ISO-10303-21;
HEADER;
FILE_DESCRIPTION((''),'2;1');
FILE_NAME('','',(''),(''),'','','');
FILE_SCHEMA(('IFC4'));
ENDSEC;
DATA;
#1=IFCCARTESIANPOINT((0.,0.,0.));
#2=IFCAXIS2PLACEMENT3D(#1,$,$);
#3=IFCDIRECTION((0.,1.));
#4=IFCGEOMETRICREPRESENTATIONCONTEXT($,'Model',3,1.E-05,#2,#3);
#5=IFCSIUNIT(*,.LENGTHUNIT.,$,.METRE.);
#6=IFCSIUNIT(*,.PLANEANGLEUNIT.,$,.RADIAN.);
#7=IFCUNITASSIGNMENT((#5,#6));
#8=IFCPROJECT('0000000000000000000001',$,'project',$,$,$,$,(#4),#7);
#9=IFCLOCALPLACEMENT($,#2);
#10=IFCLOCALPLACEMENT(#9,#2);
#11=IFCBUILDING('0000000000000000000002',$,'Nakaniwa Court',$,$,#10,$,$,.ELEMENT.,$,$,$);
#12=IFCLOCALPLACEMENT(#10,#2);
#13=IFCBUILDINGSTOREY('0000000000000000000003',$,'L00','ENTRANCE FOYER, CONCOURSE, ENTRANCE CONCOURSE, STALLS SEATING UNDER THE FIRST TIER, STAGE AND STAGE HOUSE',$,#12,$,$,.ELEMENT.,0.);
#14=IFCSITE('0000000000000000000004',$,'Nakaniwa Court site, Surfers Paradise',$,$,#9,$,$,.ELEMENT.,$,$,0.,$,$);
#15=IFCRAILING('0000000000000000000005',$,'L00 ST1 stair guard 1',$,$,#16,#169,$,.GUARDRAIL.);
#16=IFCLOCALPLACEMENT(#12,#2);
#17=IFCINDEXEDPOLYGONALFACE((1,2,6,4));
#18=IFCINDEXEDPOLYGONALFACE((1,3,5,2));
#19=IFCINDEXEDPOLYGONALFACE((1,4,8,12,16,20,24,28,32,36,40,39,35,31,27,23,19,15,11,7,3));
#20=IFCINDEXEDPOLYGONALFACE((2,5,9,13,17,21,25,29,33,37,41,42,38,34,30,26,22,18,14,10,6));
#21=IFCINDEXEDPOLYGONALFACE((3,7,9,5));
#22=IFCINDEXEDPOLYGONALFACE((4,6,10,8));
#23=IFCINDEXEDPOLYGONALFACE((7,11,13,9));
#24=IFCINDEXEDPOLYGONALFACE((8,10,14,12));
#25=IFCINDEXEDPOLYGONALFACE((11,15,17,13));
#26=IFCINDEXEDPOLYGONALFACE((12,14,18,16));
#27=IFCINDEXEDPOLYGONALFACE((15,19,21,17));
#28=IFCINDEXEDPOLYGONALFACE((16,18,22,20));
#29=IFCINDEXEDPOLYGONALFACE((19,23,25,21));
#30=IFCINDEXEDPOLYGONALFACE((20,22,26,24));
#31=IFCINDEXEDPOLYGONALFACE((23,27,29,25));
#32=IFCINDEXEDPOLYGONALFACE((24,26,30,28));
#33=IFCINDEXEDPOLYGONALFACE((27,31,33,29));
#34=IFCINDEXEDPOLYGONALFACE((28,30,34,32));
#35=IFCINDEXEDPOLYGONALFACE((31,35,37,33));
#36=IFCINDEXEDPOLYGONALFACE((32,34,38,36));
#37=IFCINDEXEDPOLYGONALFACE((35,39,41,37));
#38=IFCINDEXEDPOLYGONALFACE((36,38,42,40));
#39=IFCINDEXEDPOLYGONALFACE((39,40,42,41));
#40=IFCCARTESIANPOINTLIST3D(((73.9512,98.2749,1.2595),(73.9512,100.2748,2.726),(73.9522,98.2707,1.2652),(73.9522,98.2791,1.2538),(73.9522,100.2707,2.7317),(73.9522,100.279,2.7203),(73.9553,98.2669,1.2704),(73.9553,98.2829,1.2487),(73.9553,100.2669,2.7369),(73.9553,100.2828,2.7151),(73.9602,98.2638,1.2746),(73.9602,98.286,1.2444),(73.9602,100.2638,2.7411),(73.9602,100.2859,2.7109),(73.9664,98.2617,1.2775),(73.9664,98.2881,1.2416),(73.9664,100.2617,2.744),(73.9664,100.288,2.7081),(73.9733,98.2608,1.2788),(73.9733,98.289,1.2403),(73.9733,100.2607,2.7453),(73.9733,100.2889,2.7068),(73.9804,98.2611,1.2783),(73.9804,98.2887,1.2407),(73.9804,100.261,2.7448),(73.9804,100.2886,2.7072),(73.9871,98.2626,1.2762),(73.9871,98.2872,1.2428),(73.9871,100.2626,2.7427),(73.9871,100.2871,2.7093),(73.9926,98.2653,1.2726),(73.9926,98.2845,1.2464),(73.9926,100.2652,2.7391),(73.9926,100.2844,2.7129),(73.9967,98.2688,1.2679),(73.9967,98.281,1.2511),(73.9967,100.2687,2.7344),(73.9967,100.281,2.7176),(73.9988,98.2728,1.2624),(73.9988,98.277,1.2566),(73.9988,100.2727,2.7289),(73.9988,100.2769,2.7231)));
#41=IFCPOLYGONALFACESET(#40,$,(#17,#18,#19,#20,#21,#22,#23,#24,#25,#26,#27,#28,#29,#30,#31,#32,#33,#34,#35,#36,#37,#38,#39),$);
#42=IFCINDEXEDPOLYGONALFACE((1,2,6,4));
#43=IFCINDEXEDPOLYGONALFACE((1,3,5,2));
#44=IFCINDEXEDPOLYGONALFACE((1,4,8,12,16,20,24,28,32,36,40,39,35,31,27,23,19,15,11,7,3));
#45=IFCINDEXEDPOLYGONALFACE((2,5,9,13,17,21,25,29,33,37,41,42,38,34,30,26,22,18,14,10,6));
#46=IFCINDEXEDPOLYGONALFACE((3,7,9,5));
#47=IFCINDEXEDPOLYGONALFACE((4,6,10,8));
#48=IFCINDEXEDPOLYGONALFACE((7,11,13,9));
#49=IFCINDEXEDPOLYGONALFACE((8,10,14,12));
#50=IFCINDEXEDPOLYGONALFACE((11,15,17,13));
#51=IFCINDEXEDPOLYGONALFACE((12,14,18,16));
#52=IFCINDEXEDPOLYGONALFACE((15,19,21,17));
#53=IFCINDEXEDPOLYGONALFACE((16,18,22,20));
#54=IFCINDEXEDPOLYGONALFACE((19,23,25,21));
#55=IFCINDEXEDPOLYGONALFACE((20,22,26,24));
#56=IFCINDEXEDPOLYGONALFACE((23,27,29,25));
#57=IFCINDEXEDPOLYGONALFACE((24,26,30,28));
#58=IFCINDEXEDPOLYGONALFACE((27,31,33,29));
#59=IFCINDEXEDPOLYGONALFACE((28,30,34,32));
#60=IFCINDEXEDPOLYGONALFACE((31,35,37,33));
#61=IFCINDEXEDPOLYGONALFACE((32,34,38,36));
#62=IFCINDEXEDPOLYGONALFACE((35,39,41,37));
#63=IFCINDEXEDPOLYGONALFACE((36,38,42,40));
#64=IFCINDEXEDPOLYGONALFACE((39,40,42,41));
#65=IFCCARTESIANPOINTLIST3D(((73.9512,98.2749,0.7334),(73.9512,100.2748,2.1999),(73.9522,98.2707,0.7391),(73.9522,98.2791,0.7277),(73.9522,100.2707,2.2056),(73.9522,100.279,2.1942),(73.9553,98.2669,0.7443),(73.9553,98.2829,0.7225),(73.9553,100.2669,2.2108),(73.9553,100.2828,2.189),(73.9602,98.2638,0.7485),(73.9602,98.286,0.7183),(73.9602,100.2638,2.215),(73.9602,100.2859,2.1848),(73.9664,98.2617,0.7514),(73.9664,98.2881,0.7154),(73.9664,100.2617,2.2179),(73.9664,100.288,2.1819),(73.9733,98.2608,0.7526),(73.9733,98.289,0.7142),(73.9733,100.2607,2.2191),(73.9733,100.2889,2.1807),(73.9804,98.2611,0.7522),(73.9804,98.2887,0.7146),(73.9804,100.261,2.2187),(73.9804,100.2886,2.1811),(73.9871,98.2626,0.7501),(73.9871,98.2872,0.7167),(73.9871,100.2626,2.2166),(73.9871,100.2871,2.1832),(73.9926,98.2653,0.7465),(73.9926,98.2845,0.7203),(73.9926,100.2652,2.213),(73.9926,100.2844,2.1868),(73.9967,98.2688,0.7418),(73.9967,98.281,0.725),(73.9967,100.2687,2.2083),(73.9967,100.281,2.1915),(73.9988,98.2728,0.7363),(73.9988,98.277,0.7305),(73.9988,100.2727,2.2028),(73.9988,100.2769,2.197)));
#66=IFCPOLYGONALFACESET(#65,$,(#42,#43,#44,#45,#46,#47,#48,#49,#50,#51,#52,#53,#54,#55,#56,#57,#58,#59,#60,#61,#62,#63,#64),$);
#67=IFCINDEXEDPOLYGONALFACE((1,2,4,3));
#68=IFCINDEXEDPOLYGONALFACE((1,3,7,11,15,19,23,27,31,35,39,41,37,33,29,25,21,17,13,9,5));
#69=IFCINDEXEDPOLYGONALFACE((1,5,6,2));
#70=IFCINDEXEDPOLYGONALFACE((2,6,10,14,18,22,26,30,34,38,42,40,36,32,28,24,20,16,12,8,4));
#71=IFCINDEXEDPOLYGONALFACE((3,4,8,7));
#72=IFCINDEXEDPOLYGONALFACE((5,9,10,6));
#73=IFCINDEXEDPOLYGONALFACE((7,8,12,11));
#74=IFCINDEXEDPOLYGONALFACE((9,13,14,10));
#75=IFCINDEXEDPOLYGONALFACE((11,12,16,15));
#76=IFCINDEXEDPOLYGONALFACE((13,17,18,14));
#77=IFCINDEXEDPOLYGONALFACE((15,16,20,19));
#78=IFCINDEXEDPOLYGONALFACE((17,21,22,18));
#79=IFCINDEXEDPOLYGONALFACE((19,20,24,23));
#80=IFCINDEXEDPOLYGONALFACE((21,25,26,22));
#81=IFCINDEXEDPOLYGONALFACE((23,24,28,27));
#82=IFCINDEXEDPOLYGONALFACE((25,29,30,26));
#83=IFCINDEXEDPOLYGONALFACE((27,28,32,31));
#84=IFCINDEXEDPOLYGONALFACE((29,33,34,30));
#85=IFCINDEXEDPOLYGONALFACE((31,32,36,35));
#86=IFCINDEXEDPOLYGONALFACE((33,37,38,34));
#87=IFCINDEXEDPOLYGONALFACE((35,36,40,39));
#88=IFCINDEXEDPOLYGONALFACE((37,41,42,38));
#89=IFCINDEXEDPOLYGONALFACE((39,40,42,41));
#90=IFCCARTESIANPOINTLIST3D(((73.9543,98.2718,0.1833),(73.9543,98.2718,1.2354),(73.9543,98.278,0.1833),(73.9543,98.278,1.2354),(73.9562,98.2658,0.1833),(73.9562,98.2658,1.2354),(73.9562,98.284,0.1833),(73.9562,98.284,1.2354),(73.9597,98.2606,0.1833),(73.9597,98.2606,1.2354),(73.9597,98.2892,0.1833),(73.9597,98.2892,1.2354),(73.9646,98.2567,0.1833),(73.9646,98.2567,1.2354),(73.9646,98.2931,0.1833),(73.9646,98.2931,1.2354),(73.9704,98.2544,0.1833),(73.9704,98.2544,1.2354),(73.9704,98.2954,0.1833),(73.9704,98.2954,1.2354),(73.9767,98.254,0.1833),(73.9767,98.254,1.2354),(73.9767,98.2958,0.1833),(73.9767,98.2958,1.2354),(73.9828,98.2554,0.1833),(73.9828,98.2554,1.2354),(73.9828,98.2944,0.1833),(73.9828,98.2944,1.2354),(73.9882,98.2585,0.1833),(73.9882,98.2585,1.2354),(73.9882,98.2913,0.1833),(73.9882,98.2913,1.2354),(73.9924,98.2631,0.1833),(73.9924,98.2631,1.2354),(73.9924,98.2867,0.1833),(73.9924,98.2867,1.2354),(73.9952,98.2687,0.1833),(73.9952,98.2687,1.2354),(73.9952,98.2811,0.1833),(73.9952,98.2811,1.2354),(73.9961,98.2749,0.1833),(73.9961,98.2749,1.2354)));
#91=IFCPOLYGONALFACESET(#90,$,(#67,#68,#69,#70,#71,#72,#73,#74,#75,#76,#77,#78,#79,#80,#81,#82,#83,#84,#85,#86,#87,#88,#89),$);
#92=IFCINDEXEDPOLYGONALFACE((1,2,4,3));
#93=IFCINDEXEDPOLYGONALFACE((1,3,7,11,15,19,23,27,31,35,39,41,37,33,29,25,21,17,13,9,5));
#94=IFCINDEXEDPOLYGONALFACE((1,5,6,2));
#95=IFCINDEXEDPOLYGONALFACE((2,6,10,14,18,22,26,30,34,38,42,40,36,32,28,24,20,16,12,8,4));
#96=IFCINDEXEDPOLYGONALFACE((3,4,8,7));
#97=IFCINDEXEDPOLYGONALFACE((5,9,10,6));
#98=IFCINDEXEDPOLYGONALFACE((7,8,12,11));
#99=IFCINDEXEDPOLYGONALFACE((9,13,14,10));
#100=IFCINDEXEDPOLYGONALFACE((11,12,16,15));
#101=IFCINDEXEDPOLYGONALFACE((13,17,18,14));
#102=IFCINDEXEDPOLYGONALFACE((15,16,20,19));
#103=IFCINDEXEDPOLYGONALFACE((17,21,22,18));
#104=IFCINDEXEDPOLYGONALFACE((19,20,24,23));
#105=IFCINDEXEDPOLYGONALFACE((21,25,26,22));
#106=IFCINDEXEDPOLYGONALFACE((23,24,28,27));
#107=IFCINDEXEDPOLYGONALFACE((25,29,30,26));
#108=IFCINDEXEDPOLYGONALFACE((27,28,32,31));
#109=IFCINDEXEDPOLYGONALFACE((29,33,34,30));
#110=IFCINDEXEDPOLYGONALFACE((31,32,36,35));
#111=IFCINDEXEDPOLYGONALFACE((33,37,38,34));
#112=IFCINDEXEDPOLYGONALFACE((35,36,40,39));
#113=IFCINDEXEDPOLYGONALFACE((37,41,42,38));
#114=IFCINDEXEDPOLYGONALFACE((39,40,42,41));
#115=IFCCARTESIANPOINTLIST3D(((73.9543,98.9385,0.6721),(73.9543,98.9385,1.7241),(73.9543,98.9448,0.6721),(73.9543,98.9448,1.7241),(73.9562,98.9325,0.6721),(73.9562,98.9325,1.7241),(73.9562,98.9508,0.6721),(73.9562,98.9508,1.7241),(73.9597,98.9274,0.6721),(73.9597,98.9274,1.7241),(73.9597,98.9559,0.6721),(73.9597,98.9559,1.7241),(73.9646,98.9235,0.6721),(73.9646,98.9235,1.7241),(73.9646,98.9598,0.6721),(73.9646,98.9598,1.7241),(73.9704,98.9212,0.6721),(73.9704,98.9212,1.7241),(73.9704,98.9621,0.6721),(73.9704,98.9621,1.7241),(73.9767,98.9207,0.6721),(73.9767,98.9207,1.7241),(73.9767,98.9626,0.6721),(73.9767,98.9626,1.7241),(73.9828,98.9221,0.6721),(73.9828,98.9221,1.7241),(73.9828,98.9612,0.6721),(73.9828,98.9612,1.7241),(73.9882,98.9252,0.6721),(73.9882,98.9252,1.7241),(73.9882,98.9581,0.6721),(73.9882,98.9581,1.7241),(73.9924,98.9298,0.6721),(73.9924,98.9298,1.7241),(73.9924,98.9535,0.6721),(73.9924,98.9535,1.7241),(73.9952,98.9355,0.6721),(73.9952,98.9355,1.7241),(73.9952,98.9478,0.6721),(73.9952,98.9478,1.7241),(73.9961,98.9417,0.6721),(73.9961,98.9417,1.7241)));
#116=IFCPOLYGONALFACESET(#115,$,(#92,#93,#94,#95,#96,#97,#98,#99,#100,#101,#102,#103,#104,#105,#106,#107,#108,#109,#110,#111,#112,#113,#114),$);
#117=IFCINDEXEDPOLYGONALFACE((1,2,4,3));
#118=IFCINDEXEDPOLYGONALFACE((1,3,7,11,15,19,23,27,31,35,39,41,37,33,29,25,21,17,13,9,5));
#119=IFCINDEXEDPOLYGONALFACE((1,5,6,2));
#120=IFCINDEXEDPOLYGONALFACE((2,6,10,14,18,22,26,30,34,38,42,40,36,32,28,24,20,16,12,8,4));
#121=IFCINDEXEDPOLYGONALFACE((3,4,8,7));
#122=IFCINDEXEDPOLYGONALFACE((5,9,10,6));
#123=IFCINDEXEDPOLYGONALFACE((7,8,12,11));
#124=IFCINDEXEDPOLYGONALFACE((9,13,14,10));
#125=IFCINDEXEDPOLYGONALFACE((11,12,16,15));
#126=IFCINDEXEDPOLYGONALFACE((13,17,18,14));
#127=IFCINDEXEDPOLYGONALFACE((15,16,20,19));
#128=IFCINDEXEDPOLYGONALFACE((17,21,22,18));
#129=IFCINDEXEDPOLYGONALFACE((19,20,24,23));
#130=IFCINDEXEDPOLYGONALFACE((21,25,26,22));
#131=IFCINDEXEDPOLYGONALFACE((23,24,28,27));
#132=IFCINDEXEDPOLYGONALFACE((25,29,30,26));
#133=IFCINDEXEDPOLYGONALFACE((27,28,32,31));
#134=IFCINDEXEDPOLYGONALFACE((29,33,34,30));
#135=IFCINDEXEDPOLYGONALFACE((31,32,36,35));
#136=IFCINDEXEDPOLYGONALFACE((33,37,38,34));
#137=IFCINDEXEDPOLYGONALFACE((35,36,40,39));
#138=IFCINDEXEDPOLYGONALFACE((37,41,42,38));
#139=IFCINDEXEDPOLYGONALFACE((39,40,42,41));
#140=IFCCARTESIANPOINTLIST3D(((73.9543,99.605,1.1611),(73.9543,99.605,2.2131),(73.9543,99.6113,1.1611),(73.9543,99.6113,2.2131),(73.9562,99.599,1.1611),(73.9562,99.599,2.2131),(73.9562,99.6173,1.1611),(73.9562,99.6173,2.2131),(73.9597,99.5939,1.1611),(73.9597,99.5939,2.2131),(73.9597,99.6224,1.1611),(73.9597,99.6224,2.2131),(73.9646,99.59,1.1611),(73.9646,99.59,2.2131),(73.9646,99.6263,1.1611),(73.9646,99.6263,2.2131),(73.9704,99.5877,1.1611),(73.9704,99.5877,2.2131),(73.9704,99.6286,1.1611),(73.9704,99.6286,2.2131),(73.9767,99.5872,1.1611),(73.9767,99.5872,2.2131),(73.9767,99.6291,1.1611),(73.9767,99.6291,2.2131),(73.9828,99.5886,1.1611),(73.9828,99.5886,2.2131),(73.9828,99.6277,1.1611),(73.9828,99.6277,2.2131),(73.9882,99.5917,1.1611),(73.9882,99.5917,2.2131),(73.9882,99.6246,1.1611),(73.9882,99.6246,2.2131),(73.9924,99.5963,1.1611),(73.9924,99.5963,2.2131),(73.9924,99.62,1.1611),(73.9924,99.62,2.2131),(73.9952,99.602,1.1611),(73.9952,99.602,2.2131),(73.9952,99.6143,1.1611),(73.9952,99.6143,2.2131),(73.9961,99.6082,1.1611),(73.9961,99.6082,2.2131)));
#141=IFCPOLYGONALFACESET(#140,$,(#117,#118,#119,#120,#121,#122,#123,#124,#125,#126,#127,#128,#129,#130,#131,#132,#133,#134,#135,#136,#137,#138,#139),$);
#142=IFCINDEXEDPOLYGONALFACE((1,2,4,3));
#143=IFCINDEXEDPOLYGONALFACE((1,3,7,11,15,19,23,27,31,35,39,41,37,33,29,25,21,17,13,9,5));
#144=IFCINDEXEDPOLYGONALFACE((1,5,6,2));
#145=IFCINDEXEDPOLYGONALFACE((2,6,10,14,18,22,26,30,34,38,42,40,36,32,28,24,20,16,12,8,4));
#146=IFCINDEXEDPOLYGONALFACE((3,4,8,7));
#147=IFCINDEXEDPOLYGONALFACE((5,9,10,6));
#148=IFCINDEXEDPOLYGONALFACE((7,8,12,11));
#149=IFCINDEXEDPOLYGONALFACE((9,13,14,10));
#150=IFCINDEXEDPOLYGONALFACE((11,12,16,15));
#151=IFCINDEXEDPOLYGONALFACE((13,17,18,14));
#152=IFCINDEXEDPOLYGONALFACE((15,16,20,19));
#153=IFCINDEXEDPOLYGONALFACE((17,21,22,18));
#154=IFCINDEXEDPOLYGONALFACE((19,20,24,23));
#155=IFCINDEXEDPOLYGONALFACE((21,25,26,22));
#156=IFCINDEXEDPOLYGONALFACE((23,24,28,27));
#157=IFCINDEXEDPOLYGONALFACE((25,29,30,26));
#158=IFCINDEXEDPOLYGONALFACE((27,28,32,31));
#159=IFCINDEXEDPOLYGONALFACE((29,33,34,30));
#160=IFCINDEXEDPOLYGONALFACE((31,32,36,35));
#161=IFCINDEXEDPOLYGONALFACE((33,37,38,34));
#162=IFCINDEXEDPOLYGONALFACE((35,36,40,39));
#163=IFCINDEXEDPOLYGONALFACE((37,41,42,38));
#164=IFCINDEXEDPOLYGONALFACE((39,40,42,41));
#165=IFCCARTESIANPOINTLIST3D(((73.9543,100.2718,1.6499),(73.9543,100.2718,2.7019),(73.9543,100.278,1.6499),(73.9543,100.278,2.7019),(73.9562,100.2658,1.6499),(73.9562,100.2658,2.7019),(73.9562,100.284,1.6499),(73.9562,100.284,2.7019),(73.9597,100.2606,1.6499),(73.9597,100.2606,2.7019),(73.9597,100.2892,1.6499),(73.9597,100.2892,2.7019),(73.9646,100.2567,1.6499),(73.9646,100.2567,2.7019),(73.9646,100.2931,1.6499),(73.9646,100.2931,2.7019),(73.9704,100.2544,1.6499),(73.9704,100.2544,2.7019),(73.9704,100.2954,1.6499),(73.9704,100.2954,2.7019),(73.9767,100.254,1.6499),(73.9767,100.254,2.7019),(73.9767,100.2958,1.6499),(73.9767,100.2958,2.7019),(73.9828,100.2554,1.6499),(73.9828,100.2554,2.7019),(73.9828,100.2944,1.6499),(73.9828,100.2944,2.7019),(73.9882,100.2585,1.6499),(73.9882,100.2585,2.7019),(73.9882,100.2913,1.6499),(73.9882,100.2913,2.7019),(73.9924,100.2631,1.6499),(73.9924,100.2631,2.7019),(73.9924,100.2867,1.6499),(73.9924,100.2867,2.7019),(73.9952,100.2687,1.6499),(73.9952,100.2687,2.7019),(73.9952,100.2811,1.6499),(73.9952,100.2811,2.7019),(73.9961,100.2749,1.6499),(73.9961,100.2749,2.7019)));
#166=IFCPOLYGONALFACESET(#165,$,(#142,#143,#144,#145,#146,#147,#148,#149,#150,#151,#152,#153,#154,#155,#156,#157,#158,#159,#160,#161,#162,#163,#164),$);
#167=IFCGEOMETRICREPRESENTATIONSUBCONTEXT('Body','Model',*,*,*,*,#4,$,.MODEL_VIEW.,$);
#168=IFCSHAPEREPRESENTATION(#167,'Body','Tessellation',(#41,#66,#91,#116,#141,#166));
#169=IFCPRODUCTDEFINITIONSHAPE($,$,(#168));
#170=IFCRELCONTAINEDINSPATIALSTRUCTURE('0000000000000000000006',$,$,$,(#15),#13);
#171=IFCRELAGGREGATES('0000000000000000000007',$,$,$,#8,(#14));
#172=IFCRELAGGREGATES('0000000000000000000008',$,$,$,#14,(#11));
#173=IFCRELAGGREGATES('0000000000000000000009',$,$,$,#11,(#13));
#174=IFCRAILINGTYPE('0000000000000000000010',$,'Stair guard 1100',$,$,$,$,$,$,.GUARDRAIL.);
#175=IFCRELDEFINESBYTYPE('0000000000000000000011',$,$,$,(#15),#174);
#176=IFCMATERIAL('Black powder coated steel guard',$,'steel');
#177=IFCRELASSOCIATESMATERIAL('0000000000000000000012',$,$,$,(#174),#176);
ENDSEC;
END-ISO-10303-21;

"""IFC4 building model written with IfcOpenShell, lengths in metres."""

from ifc_helpers import new_model, si_unit, direction, frame, origin, origin_2d, place, context, subcontext, project, spatial, circle, extrude, material, type_object, element, save


model = new_model("IFC4")

# Units and contexts
model_context = context("Model", 3, precision=1e-05, world=origin(), true_north=direction((0.0, 1.0)))
body_context = subcontext(model_context, "Body", "Model", "MODEL_VIEW")
ifc_project = project(units=[si_unit("LENGTHUNIT", "METRE"), si_unit("PLANEANGLEUNIT", "RADIAN")], contexts=[model_context])

# Site, building, storey
site_placement = place(None, origin())
site = spatial("IfcSite", under=ifc_project, at=site_placement, Name="Nakaniwa Court site, Surfers Paradise", CompositionType="ELEMENT", RefElevation=0.0)
building_placement = place(site_placement, origin())
building = spatial("IfcBuilding", under=site, at=building_placement, Name="Nakaniwa Court", CompositionType="ELEMENT")
storey_placement = place(building_placement, origin())
storey = spatial("IfcBuildingStorey", under=building, at=storey_placement, Name="L00", Description="ENTRANCE FOYER, CONCOURSE, ENTRANCE CONCOURSE, STALLS SEATING UNDER THE FIRST TIER, STAGE AND STAGE HOUSE", CompositionType="ELEMENT", Elevation=0.0)

# Railing
ifc_material_1 = material(Name="Black powder coated steel guard", Category="steel")
railing_type_1 = type_object("IfcRailingType", Name="Stair guard 1100", PredefinedType="GUARDRAIL", material=ifc_material_1)
railing_1_placement = place(storey_placement, frame((73.9751, 98.2749, 0.1833)))
element("IfcRailing", 1, at=railing_1_placement, inside=storey, type_object=railing_type_1, Name="L00 ST1 stair guard 1", PredefinedType="GUARDRAIL", context=body_context, shape_type="SweptSolid", body=[
    extrude(circle(Radius=0.0239, at=origin_2d()), frame((0.0, 0.0, 1.0762), z_axis=(0.0, 0.806427, 0.591334), x_axis=(-1.0, 0.0, 0.0)), (0.0, 0.0, 1.0), 2.48),
    extrude(circle(Radius=0.0239, at=origin_2d()), frame((0.0, 0.0, 0.55), z_axis=(0.0, 0.806427, 0.591334), x_axis=(-1.0, 0.0, 0.0)), (0.0, 0.0, 1.0), 2.48),
    extrude(circle(Radius=0.021, at=origin_2d()), origin(), (0.0, 0.0, 1.0), 1.052),
    extrude(circle(Radius=0.021, at=origin_2d()), frame((0.0, 0.6667, 0.4888)), (0.0, 0.0, 1.0), 1.052),
    extrude(circle(Radius=0.021, at=origin_2d()), frame((0.0, 1.3333, 0.9778)), (0.0, 0.0, 1.0), 1.052),
    extrude(circle(Radius=0.021, at=origin_2d()), frame((0.0, 2.0, 1.4666)), (0.0, 0.0, 1.0), 1.052),
])

save(model, "model.ifc")
